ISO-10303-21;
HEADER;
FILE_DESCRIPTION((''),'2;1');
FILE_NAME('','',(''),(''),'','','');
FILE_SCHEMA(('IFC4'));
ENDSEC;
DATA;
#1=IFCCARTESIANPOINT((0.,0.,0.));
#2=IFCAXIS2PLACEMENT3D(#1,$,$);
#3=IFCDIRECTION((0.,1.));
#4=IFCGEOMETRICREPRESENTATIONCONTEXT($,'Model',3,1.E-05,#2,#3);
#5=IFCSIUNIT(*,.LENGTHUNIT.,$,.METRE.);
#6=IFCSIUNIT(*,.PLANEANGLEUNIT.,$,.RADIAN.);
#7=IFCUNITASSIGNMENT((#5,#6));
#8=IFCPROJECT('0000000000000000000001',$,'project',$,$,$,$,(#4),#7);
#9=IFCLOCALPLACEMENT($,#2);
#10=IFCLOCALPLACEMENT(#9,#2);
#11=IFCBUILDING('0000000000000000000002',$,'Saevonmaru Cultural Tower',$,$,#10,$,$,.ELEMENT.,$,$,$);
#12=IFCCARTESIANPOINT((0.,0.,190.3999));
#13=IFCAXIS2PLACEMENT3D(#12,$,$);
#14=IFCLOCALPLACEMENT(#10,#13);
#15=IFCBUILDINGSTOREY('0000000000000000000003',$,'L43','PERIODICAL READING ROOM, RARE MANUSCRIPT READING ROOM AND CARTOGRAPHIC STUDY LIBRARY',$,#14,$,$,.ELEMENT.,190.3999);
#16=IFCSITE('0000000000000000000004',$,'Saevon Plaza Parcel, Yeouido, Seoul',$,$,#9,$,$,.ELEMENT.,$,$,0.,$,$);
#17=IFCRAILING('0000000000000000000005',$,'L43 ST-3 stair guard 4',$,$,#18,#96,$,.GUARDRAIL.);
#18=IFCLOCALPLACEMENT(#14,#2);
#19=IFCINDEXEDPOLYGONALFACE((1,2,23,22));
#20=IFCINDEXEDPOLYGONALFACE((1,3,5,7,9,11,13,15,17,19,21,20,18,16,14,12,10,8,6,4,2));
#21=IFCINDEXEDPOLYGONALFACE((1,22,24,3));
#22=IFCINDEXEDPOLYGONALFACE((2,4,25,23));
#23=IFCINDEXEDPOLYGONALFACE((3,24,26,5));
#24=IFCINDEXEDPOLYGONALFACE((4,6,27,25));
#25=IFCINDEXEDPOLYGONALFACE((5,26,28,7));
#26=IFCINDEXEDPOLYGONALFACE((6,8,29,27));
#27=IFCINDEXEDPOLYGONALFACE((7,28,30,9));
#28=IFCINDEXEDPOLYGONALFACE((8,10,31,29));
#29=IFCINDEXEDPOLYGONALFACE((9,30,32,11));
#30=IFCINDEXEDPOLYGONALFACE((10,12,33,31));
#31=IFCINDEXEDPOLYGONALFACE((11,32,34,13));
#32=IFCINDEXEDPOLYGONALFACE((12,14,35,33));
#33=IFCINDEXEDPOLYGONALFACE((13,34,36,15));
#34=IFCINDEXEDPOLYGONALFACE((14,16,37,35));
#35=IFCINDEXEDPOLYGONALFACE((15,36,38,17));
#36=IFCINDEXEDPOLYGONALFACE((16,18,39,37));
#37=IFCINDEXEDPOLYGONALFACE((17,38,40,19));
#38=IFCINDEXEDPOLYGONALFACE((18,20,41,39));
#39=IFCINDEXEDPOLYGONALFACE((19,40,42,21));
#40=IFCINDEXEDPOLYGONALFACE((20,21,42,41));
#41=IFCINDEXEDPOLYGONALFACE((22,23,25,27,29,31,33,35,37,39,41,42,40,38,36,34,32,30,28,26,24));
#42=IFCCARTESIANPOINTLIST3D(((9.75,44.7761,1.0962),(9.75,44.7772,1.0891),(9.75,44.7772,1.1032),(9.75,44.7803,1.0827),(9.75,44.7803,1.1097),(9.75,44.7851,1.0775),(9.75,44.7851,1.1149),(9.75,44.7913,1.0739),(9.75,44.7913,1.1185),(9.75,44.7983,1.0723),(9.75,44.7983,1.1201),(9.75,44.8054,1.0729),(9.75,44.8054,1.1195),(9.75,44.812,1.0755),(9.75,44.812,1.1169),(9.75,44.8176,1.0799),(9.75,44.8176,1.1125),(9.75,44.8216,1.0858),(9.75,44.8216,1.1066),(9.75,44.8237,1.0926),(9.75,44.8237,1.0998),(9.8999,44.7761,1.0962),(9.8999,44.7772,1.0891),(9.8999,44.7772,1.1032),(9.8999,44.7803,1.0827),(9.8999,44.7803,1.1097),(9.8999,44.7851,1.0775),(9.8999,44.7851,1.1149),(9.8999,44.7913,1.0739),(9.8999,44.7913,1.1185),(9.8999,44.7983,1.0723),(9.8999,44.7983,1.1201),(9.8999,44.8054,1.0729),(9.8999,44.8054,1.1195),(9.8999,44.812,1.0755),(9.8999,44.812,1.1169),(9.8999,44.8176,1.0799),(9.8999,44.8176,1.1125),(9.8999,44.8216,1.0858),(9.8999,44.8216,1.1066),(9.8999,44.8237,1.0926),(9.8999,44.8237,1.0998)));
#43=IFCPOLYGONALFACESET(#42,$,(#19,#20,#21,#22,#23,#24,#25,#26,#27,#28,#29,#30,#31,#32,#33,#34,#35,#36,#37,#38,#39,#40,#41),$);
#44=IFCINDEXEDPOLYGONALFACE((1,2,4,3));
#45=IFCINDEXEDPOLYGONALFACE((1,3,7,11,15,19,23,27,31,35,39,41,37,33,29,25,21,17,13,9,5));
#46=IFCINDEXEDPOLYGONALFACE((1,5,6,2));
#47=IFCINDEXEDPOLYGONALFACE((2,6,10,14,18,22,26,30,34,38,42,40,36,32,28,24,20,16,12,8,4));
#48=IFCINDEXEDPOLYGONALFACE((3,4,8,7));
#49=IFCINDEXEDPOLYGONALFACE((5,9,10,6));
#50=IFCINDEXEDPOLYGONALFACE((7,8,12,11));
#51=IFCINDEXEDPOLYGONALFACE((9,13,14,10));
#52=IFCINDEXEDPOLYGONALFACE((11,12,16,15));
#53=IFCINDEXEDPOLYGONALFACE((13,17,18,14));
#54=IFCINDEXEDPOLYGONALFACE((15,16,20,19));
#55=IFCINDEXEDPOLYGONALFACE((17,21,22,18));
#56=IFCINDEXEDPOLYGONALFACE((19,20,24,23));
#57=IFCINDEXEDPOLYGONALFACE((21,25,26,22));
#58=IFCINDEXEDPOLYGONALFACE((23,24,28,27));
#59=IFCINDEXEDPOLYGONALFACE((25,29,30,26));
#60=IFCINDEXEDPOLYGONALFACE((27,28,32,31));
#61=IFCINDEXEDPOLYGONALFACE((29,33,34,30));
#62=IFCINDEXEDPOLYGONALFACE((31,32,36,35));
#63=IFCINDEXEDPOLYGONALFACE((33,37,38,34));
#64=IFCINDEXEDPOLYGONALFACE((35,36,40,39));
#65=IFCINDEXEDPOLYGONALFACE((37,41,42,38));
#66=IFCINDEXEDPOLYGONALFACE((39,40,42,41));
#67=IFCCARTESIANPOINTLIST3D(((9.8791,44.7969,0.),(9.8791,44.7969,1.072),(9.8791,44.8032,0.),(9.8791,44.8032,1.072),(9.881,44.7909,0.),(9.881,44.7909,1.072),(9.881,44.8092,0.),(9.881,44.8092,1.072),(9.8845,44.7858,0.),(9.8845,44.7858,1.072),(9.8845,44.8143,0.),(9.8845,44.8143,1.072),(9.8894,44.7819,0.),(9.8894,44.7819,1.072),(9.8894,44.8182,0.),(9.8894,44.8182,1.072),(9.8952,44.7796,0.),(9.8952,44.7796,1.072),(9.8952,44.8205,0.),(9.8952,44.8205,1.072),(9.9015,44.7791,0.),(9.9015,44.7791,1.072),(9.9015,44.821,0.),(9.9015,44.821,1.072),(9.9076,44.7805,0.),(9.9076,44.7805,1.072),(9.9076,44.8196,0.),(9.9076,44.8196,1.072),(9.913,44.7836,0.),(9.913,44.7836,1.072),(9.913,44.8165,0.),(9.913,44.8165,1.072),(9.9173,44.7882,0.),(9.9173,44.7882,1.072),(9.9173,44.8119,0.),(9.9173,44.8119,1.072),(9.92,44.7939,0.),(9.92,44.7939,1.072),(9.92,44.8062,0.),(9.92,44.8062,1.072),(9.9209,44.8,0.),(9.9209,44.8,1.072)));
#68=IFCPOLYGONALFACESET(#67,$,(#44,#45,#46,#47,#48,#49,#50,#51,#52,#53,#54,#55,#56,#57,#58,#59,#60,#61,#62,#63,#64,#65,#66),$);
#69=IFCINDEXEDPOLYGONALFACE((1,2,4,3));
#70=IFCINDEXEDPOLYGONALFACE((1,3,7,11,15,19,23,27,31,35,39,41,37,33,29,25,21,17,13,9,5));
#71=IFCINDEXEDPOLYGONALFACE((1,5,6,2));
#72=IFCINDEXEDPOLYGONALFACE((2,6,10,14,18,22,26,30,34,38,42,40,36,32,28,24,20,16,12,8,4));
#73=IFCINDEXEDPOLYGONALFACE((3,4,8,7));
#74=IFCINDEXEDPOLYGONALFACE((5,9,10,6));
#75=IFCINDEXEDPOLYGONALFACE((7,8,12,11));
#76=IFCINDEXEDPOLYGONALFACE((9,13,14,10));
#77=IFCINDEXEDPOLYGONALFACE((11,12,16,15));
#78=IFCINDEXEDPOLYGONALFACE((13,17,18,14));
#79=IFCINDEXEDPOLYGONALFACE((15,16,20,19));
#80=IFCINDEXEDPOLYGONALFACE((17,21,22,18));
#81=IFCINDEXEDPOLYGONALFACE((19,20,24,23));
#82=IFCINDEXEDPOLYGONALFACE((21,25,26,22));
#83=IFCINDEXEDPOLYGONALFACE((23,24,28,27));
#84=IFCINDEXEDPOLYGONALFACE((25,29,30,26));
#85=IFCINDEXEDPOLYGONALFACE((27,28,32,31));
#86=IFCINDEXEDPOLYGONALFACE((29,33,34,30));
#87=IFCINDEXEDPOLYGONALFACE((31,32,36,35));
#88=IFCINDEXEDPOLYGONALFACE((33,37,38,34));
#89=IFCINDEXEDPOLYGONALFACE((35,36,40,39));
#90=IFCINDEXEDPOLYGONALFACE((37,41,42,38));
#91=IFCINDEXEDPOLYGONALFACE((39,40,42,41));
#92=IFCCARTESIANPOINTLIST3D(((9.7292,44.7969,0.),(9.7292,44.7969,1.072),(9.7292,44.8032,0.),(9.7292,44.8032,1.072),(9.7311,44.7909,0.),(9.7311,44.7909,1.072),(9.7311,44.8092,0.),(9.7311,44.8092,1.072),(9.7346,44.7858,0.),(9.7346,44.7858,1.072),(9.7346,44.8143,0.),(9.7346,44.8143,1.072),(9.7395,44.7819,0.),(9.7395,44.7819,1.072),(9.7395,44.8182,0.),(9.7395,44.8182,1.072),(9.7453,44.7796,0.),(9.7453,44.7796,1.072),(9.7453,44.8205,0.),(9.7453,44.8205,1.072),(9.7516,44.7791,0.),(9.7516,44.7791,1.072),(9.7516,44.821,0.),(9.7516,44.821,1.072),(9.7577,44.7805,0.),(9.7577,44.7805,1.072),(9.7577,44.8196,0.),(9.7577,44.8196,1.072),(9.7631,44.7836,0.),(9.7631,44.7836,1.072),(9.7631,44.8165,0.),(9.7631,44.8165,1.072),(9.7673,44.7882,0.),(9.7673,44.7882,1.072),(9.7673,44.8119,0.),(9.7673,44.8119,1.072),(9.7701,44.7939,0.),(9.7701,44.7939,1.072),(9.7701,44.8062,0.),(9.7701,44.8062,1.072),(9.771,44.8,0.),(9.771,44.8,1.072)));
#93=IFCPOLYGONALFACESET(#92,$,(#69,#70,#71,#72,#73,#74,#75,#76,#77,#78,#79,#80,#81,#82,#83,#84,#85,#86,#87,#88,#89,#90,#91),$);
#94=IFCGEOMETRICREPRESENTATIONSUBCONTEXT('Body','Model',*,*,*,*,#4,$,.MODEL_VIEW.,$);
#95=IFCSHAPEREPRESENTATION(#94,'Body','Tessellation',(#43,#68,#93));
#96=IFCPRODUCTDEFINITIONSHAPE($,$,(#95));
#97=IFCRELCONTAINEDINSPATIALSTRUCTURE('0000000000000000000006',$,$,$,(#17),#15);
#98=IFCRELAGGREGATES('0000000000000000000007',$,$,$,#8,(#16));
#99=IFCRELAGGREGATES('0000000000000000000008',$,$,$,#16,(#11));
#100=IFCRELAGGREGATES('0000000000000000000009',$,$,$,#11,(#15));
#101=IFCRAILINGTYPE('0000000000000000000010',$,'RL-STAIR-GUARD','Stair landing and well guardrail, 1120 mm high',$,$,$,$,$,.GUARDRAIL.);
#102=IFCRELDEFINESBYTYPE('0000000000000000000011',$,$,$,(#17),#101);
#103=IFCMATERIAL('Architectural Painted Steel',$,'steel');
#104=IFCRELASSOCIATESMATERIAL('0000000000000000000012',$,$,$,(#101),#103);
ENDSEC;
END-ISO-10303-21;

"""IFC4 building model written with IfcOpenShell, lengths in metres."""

from ifc_helpers import new_model, si_unit, direction, frame, origin, origin_2d, place, context, subcontext, project, spatial, circle, extrude, material, type_object, element, save


model = new_model("IFC4")

# Units and contexts
model_context = context("Model", 3, precision=1e-05, world=origin(), true_north=direction((0.0, 1.0)))
body_context = subcontext(model_context, "Body", "Model", "MODEL_VIEW")
ifc_project = project(units=[si_unit("LENGTHUNIT", "METRE"), si_unit("PLANEANGLEUNIT", "RADIAN")], contexts=[model_context])

# Site, building, storey
site_placement = place(None, origin())
site = spatial("IfcSite", under=ifc_project, at=site_placement, Name="Saevon Plaza Parcel, Yeouido, Seoul", CompositionType="ELEMENT", RefElevation=0.0)
building_placement = place(site_placement, origin())
building = spatial("IfcBuilding", under=site, at=building_placement, Name="Saevonmaru Cultural Tower", CompositionType="ELEMENT")
storey_placement = place(building_placement, frame((0.0, 0.0, 190.3999)))
storey = spatial("IfcBuildingStorey", under=building, at=storey_placement, Name="L43", Description="PERIODICAL READING ROOM, RARE MANUSCRIPT READING ROOM AND CARTOGRAPHIC STUDY LIBRARY", CompositionType="ELEMENT", Elevation=190.3999)

# Railing
ifc_material_1 = material(Name="Architectural Painted Steel", Category="steel")
railing_type_1 = type_object("IfcRailingType", Name="RL-STAIR-GUARD", Description="Stair landing and well guardrail, 1120 mm high", PredefinedType="GUARDRAIL", material=ifc_material_1)
railing_1_placement = place(storey_placement, frame((9.8999, 44.8, 0.0)))
element("IfcRailing", 1, at=railing_1_placement, inside=storey, type_object=railing_type_1, Name="L43 ST-3 stair guard 4", PredefinedType="GUARDRAIL", context=body_context, shape_type="SweptSolid", body=[
    extrude(circle(Radius=0.0239, at=origin_2d()), frame((0.0, 0.0, 1.0962), z_axis=(-1.0, 0.0, 0.0), x_axis=(0.0, -1.0, 0.0)), (0.0, 0.0, 1.0), 0.1499),
    extrude(circle(Radius=0.021, at=origin_2d()), origin(), (0.0, 0.0, 1.0), 1.072),
    extrude(circle(Radius=0.021, at=origin_2d()), frame((-0.1499, 0.0, 0.0)), (0.0, 0.0, 1.0), 1.072),
])

save(model, "model.ifc")
